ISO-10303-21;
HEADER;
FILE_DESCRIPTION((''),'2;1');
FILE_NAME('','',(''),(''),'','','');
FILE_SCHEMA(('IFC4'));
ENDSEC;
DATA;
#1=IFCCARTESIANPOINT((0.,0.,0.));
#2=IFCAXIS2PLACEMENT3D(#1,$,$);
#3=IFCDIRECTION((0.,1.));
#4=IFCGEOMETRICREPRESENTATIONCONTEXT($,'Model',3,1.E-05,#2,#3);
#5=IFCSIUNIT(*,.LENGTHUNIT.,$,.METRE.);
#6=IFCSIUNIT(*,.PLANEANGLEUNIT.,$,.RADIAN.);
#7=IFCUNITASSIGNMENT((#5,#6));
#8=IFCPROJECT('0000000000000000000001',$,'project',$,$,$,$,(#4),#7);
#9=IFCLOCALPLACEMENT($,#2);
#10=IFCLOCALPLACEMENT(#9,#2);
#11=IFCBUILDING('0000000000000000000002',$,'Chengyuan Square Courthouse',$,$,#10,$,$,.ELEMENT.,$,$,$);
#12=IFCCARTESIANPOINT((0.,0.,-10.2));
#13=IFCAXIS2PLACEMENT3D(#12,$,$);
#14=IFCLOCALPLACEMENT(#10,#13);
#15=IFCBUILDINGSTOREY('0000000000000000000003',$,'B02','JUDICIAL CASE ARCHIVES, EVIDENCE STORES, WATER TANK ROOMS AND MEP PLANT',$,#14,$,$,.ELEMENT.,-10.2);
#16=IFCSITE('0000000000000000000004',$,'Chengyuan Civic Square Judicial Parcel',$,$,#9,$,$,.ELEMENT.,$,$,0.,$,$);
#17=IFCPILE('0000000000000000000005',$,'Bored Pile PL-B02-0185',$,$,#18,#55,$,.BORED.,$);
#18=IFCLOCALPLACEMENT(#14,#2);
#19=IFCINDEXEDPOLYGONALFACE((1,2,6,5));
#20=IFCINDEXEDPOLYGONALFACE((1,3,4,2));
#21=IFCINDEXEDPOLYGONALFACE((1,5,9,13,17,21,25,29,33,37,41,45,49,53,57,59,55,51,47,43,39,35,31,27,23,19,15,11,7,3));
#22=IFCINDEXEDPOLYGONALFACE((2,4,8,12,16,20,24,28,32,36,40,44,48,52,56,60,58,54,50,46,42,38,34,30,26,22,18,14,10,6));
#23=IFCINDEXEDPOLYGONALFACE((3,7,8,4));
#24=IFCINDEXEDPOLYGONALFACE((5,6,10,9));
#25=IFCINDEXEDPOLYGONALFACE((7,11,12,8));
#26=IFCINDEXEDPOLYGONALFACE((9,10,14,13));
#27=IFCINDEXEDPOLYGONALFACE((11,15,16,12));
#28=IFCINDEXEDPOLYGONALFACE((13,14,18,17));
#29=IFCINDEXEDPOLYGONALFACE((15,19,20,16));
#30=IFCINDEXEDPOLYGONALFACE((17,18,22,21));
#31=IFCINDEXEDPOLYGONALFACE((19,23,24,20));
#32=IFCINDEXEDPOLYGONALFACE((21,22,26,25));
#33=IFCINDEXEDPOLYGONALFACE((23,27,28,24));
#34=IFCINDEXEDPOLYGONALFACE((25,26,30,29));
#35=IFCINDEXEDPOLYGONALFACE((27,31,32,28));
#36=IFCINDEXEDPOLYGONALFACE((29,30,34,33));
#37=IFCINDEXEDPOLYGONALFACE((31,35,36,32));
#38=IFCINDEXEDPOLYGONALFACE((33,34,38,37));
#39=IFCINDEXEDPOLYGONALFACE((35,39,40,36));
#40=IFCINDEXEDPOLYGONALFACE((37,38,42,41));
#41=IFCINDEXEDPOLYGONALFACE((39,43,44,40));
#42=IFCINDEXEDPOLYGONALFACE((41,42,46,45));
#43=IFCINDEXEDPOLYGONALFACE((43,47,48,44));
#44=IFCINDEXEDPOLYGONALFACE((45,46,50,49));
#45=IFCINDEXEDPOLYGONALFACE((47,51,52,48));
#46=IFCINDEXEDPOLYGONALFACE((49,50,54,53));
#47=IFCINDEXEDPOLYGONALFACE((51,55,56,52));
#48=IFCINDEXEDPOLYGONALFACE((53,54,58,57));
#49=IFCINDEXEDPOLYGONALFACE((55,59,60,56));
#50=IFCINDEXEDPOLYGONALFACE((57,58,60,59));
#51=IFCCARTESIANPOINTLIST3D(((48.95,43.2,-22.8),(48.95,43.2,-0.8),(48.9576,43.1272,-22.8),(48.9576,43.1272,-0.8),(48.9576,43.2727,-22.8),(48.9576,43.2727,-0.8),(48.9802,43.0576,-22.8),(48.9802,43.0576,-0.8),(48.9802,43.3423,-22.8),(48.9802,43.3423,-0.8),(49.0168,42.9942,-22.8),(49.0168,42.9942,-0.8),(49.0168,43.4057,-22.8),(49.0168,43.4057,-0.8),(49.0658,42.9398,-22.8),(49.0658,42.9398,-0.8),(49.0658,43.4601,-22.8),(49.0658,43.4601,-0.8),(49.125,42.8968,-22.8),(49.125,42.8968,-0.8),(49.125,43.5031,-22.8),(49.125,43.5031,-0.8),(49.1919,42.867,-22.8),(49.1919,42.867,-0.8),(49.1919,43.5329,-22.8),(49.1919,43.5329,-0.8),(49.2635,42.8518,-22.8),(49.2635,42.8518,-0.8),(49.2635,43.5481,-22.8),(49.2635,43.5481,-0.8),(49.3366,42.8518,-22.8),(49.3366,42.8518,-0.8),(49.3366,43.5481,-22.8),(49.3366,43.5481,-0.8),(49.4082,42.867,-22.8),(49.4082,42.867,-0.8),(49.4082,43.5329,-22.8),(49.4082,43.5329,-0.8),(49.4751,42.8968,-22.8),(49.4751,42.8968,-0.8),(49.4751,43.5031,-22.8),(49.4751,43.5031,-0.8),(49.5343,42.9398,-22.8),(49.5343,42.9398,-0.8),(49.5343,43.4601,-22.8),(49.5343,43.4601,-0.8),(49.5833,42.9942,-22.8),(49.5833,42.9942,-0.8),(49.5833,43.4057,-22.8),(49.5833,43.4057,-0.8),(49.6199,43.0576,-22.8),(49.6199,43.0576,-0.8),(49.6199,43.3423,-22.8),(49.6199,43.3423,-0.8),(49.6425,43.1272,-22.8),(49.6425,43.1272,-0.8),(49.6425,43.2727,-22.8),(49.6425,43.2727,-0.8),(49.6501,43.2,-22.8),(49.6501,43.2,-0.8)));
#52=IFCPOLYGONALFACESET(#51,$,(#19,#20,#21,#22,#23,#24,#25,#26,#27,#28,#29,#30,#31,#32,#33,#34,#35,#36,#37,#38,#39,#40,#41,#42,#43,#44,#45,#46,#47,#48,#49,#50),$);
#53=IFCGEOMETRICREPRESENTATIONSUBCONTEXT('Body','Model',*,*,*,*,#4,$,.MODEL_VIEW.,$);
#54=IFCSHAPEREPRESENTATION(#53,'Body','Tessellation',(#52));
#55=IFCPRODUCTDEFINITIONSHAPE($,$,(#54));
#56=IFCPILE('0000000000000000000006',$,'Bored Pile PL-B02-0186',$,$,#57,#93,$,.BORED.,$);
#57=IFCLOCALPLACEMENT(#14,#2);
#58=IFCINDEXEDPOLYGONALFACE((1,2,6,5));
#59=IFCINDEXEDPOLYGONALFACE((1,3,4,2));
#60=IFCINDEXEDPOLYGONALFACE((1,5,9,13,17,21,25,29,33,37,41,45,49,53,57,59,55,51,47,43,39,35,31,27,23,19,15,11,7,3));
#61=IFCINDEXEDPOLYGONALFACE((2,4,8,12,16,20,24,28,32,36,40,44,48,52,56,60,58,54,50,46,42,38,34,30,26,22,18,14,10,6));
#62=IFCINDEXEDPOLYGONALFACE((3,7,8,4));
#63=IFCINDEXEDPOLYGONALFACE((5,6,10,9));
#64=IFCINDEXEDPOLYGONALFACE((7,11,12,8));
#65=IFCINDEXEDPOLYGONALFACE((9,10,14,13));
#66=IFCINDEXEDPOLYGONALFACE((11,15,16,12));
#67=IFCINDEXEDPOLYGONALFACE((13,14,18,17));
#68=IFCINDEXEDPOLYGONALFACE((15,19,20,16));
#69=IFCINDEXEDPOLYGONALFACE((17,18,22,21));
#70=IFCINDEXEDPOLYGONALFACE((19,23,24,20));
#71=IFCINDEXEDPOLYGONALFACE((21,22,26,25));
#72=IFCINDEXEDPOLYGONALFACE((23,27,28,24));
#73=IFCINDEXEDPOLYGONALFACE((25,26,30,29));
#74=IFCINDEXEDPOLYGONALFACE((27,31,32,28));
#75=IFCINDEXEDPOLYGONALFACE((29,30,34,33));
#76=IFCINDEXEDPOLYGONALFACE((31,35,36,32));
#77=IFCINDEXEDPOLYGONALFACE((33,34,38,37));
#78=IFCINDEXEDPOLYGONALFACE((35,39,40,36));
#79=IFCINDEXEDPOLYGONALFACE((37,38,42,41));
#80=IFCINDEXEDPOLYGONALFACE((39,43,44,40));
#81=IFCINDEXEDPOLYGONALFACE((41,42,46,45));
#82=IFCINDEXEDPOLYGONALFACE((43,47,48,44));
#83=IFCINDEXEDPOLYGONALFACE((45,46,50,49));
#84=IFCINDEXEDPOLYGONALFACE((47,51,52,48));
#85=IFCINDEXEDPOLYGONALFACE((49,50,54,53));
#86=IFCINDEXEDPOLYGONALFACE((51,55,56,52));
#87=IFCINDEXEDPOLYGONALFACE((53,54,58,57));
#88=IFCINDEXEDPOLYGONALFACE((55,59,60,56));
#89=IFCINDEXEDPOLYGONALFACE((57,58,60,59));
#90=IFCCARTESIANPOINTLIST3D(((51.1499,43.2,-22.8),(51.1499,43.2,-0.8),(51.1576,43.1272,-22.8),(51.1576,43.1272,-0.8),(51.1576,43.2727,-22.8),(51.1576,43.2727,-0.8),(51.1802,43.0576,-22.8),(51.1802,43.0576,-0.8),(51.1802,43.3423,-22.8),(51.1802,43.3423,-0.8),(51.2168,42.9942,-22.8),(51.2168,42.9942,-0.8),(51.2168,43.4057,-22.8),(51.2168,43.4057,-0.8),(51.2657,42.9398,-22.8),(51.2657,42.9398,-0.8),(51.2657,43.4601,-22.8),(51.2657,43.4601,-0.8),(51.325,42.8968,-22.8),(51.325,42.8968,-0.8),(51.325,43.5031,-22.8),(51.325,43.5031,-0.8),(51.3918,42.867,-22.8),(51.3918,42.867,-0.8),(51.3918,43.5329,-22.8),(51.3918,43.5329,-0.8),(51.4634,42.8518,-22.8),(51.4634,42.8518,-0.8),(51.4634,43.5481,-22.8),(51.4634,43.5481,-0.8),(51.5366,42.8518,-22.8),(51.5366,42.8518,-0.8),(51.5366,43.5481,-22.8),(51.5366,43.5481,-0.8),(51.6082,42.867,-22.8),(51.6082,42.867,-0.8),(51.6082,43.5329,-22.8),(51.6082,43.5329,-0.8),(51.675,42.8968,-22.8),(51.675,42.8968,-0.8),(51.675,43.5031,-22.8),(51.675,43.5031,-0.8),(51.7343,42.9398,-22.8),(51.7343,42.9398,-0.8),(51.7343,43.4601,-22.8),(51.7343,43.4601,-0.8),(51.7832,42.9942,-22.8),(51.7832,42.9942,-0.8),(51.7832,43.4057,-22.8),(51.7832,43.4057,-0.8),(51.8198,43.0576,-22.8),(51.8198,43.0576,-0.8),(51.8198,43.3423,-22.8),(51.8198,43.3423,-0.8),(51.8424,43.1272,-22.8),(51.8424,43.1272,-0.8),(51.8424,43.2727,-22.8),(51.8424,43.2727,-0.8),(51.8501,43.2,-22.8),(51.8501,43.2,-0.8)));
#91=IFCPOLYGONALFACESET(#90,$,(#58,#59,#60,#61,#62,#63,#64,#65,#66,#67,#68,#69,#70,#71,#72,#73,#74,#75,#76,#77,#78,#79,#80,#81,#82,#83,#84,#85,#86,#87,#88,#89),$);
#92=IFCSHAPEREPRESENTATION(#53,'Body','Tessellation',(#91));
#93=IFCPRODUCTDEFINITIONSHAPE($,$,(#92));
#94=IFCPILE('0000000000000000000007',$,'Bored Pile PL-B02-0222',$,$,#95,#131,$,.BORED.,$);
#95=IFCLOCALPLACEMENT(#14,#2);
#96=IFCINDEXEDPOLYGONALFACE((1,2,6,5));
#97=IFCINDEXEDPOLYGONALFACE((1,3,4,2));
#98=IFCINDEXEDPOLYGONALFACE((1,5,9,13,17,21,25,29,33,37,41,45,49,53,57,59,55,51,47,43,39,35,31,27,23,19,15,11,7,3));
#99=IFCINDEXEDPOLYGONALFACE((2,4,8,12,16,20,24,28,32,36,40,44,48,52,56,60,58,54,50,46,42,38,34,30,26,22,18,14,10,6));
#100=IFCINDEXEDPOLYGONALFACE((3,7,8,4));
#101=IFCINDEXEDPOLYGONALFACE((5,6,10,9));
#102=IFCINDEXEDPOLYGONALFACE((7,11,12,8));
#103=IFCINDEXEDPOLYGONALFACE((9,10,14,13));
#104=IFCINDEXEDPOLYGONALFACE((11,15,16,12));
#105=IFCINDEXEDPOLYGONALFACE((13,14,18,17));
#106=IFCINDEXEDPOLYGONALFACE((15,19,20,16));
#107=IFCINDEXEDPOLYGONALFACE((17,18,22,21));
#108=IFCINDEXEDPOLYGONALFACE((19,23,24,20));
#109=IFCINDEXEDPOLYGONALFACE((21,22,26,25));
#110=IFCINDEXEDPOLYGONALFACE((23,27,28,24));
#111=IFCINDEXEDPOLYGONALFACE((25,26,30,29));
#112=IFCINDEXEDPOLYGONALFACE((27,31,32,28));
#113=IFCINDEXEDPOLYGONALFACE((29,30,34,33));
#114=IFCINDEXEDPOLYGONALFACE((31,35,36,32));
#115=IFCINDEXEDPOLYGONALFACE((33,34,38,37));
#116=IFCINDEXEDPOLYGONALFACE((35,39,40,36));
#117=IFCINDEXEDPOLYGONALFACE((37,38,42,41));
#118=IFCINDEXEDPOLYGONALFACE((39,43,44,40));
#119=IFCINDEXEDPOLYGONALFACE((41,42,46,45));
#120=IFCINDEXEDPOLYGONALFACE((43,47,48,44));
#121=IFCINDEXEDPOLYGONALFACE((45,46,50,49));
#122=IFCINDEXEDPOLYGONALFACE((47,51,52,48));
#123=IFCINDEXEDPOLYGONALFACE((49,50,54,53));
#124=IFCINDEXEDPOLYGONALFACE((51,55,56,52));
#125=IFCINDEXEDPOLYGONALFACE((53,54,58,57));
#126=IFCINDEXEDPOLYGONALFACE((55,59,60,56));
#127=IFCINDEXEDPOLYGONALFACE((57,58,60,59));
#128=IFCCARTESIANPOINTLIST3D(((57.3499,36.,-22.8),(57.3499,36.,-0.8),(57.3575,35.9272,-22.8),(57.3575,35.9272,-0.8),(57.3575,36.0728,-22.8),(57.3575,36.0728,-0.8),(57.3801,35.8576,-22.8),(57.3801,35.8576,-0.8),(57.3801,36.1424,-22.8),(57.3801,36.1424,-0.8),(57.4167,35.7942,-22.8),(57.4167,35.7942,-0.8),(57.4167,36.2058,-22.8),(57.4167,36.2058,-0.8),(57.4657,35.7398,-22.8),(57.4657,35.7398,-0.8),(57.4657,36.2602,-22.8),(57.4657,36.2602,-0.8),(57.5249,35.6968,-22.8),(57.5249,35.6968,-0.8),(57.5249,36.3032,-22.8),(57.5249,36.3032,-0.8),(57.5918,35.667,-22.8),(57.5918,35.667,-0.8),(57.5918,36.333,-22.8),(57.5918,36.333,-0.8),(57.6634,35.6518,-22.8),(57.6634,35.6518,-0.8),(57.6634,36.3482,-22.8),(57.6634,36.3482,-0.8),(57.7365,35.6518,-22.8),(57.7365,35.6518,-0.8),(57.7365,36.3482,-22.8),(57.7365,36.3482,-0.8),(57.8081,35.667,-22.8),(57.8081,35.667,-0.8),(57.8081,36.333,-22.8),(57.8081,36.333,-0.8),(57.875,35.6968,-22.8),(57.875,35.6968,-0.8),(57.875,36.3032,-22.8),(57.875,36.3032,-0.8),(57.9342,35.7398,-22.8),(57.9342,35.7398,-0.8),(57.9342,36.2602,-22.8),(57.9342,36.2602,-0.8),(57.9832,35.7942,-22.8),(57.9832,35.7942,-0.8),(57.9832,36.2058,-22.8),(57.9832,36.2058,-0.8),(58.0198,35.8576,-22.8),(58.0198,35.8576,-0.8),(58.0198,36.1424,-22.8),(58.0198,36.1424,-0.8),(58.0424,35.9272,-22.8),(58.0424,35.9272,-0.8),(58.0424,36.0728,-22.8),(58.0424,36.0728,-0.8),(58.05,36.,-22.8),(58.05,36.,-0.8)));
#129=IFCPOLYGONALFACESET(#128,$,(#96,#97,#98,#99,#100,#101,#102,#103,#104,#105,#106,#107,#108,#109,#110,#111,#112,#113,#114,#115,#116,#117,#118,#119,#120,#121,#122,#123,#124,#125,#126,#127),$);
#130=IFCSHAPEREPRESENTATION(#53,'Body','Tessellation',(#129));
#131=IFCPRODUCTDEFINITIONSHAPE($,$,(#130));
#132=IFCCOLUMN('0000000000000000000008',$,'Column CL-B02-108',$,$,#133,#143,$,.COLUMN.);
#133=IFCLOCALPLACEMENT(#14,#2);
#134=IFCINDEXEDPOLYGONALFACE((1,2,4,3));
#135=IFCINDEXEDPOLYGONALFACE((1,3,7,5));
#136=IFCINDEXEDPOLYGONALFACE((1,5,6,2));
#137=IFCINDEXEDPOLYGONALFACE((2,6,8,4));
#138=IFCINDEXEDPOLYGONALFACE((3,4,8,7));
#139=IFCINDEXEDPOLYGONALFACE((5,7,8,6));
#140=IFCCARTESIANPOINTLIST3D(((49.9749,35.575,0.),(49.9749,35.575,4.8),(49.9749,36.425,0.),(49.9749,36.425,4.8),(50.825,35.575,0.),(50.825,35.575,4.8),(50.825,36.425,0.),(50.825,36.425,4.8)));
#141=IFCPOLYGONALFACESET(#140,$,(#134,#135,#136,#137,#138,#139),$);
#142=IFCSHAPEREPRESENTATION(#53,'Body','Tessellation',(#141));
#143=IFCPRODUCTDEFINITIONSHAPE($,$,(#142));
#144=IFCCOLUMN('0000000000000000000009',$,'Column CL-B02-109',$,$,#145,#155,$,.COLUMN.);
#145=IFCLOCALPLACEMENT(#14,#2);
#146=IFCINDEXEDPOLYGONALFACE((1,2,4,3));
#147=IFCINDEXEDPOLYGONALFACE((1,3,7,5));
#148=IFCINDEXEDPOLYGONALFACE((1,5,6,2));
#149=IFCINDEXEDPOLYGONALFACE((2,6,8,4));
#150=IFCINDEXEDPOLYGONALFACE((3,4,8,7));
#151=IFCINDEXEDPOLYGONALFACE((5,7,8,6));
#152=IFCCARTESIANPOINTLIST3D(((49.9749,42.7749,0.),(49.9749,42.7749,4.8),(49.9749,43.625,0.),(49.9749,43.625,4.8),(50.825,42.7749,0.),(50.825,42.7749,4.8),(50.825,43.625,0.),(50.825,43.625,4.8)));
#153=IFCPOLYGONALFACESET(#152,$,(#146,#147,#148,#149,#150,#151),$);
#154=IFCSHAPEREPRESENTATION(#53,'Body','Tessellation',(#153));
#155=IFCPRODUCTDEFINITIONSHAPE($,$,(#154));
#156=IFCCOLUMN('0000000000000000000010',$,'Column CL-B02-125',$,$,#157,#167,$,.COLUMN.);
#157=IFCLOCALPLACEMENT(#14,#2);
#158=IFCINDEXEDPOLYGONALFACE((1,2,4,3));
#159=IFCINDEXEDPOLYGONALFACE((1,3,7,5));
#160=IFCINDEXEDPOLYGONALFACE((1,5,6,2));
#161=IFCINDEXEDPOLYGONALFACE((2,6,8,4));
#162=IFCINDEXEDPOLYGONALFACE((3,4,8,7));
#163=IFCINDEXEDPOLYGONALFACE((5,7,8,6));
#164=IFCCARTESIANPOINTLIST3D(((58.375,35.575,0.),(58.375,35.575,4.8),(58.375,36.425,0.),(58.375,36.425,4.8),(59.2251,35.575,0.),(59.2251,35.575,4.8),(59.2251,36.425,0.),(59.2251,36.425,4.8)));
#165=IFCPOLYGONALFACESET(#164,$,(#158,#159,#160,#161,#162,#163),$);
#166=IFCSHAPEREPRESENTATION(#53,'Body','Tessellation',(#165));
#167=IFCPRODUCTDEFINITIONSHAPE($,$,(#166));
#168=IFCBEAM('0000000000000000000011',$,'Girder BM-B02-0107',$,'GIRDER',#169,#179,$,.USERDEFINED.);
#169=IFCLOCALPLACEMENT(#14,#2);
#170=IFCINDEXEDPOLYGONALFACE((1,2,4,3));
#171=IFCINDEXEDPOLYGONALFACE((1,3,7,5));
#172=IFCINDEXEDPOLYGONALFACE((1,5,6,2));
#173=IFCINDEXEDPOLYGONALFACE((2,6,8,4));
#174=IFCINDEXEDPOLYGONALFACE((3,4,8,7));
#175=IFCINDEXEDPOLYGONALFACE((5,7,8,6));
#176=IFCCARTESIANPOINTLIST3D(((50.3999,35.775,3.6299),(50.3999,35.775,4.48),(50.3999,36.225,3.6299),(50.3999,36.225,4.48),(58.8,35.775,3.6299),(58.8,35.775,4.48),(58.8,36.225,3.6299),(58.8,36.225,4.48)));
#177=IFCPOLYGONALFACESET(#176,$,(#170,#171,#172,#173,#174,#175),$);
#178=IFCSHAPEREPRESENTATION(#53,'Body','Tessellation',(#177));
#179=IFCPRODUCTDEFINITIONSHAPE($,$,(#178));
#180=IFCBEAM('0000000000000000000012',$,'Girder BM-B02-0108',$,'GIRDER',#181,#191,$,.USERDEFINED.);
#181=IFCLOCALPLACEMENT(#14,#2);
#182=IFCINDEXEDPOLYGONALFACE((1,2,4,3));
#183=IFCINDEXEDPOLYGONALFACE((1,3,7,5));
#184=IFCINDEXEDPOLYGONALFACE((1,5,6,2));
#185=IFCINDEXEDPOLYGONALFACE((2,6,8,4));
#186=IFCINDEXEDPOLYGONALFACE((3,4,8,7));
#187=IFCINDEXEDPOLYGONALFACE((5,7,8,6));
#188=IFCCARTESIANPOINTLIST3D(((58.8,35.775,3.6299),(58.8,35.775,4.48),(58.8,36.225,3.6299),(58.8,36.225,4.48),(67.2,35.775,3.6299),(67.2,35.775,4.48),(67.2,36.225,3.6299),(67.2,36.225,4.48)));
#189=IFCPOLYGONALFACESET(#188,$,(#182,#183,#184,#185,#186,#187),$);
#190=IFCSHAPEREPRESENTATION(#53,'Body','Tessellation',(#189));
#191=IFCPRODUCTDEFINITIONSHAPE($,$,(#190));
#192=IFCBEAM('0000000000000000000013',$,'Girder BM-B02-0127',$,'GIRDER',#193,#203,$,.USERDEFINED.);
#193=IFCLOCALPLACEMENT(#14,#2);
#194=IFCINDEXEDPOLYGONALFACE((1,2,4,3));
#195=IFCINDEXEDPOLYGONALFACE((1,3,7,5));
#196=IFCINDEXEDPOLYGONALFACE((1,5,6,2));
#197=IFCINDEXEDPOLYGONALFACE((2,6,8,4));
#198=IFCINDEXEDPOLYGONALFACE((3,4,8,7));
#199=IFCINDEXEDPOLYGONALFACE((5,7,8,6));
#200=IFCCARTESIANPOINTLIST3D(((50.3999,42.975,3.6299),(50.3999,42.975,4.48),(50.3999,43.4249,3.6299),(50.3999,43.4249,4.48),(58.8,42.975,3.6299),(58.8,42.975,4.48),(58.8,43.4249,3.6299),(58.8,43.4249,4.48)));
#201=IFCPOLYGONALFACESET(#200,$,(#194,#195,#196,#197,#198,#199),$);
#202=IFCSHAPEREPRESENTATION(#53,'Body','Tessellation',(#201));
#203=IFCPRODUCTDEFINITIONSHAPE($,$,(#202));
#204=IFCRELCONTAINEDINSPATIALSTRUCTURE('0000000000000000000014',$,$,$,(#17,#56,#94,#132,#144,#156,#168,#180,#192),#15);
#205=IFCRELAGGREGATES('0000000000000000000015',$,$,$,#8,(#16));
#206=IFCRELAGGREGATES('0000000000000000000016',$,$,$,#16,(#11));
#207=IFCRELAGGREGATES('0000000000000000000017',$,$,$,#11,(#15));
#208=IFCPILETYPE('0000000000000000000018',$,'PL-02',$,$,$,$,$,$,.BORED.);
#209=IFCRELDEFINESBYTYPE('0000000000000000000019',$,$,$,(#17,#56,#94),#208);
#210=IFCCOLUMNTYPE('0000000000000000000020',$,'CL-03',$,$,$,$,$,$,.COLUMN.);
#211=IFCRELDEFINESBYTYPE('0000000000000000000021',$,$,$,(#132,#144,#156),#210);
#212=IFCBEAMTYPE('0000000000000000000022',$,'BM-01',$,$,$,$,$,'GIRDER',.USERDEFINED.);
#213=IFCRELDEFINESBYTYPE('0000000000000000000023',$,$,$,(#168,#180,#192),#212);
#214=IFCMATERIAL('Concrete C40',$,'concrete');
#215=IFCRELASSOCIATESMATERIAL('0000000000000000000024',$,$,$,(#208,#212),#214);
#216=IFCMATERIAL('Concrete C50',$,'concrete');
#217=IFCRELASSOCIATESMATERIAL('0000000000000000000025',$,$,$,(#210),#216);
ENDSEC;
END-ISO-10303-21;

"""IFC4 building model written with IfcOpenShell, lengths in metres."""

from ifc_helpers import new_model, si_unit, direction, frame, origin, origin_2d, place, context, subcontext, project, spatial, rectangle, circle, extrude, material, material_profile, profile_set, type_object, element, save


model = new_model("IFC4")

# Units and contexts
model_context = context("Model", 3, precision=1e-05, world=origin(), true_north=direction((0.0, 1.0)))
body_context = subcontext(model_context, "Body", "Model", "MODEL_VIEW")
ifc_project = project(units=[si_unit("LENGTHUNIT", "METRE"), si_unit("PLANEANGLEUNIT", "RADIAN")], contexts=[model_context])

# Site, building, storey
site_placement = place(None, origin())
site = spatial("IfcSite", under=ifc_project, at=site_placement, Name="Chengyuan Civic Square Judicial Parcel", CompositionType="ELEMENT", RefElevation=0.0)
building_placement = place(site_placement, origin())
building = spatial("IfcBuilding", under=site, at=building_placement, Name="Chengyuan Square Courthouse", CompositionType="ELEMENT")
storey_placement = place(building_placement, frame((0.0, 0.0, -10.2)))
storey = spatial("IfcBuildingStorey", under=building, at=storey_placement, Name="B02", Description="JUDICIAL CASE ARCHIVES, EVIDENCE STORES, WATER TANK ROOMS AND MEP PLANT", CompositionType="ELEMENT", Elevation=-10.2)

# Shared definitions
ifc_material_1 = material(Name="Concrete C40", Category="concrete")

# Piles
ifc_material_profile_1 = material_profile(ifc_material_1, circle(Radius=0.3501, at=origin_2d()), Name="BORED PILE D700")
ifc_profile_set_1 = profile_set([ifc_material_profile_1], Name="Concrete C40")
pile_type_1 = type_object("IfcPileType", Name="PL-02", PredefinedType="BORED", material=ifc_profile_set_1)
for number, where, z_axis, x_axis, name in (
    (1, (49.3, 43.2, -0.8), (0.0, 0.0, -1.0), (1.0, 0.0, 0.0), "Bored Pile PL-B02-0185"),
    (2, (51.5, 43.2, -0.8), (0.0, 0.0, -1.0), (1.0, 0.0, 0.0), "Bored Pile PL-B02-0186"),
    (3, (57.7, 36.0, -0.8), (0.0, 0.0, -1.0), (1.0, 0.0, 0.0), "Bored Pile PL-B02-0222"),
):
    element("IfcPile", number, at=place(storey_placement, frame(where, z_axis=z_axis, x_axis=x_axis)), inside=storey, type_object=pile_type_1, Name=name, PredefinedType="BORED", context=body_context, shape_type="SweptSolid", body=[
        extrude(circle(Radius=0.3501, at=origin_2d()), origin(), (0.0, 0.0, 1.0), 22.0),
    ])

# Columns
ifc_material_2 = material(Name="Concrete C50", Category="concrete")
ifc_material_profile_2 = material_profile(ifc_material_2, rectangle(XDim=0.8501, YDim=0.8501, at=origin_2d()), Name="RC-COL-850x850")
ifc_profile_set_2 = profile_set([ifc_material_profile_2], Name="Concrete C50")
column_type = type_object("IfcColumnType", Name="CL-03", PredefinedType="COLUMN", material=ifc_profile_set_2)
for number, where, z_axis, x_axis, name in (
    (4, (50.3999, 36.0, 0.0), (0.0, 0.0, 1.0), (1.0, 0.0, 0.0), "Column CL-B02-108"),
    (5, (50.3999, 43.2, 0.0), (0.0, 0.0, 1.0), (1.0, 0.0, 0.0), "Column CL-B02-109"),
    (6, (58.8, 36.0, 0.0), (0.0, 0.0, 1.0), (1.0, 0.0, 0.0), "Column CL-B02-125"),
):
    element("IfcColumn", number, at=place(storey_placement, frame(where, z_axis=z_axis, x_axis=x_axis)), inside=storey, type_object=column_type, Name=name, PredefinedType="COLUMN", context=body_context, shape_type="SweptSolid", body=[
        extrude(rectangle(XDim=0.8501, YDim=0.8501, at=origin_2d()), origin(), (0.0, 0.0, 1.0), 4.8),
    ])

# Beams
ifc_material_profile_3 = material_profile(ifc_material_1, rectangle(XDim=0.45, YDim=0.8501, at=origin_2d()), Name="RC-BM-450x850")
ifc_profile_set_3 = profile_set([ifc_material_profile_3], Name="Concrete C40")
beam_type_1 = type_object("IfcBeamType", Name="BM-01", ElementType="GIRDER", PredefinedType="USERDEFINED", material=ifc_profile_set_3)
beam_1_placement = place(storey_placement, frame((50.3999, 36.0, 4.0549), z_axis=(1.0, 0.0, 0.0), x_axis=(0.0, 1.0, 0.0)))
element("IfcBeam", 7, at=beam_1_placement, inside=storey, type_object=beam_type_1, Name="Girder BM-B02-0107", ObjectType="GIRDER", PredefinedType="USERDEFINED", context=body_context, shape_type="SweptSolid", body=[
    extrude(rectangle(XDim=0.45, YDim=0.8501, at=origin_2d()), origin(), (0.0, 0.0, 1.0), 8.4001),
])
beam_2_placement = place(storey_placement, frame((58.8, 36.0, 4.0549), z_axis=(1.0, 0.0, 0.0), x_axis=(0.0, 1.0, 0.0)))
element("IfcBeam", 8, at=beam_2_placement, inside=storey, type_object=beam_type_1, Name="Girder BM-B02-0108", ObjectType="GIRDER", PredefinedType="USERDEFINED", context=body_context, shape_type="SweptSolid", body=[
    extrude(rectangle(XDim=0.45, YDim=0.8501, at=origin_2d()), origin(), (0.0, 0.0, 1.0), 8.3999),
])
beam_3_placement = place(storey_placement, frame((50.3999, 43.2, 4.0549), z_axis=(1.0, 0.0, 0.0), x_axis=(0.0, 1.0, 0.0)))
element("IfcBeam", 9, at=beam_3_placement, inside=storey, type_object=beam_type_1, Name="Girder BM-B02-0127", ObjectType="GIRDER", PredefinedType="USERDEFINED", context=body_context, shape_type="SweptSolid", body=[
    extrude(rectangle(XDim=0.45, YDim=0.8501, at=origin_2d()), origin(), (0.0, 0.0, 1.0), 8.4001),
])

save(model, "model.ifc")
